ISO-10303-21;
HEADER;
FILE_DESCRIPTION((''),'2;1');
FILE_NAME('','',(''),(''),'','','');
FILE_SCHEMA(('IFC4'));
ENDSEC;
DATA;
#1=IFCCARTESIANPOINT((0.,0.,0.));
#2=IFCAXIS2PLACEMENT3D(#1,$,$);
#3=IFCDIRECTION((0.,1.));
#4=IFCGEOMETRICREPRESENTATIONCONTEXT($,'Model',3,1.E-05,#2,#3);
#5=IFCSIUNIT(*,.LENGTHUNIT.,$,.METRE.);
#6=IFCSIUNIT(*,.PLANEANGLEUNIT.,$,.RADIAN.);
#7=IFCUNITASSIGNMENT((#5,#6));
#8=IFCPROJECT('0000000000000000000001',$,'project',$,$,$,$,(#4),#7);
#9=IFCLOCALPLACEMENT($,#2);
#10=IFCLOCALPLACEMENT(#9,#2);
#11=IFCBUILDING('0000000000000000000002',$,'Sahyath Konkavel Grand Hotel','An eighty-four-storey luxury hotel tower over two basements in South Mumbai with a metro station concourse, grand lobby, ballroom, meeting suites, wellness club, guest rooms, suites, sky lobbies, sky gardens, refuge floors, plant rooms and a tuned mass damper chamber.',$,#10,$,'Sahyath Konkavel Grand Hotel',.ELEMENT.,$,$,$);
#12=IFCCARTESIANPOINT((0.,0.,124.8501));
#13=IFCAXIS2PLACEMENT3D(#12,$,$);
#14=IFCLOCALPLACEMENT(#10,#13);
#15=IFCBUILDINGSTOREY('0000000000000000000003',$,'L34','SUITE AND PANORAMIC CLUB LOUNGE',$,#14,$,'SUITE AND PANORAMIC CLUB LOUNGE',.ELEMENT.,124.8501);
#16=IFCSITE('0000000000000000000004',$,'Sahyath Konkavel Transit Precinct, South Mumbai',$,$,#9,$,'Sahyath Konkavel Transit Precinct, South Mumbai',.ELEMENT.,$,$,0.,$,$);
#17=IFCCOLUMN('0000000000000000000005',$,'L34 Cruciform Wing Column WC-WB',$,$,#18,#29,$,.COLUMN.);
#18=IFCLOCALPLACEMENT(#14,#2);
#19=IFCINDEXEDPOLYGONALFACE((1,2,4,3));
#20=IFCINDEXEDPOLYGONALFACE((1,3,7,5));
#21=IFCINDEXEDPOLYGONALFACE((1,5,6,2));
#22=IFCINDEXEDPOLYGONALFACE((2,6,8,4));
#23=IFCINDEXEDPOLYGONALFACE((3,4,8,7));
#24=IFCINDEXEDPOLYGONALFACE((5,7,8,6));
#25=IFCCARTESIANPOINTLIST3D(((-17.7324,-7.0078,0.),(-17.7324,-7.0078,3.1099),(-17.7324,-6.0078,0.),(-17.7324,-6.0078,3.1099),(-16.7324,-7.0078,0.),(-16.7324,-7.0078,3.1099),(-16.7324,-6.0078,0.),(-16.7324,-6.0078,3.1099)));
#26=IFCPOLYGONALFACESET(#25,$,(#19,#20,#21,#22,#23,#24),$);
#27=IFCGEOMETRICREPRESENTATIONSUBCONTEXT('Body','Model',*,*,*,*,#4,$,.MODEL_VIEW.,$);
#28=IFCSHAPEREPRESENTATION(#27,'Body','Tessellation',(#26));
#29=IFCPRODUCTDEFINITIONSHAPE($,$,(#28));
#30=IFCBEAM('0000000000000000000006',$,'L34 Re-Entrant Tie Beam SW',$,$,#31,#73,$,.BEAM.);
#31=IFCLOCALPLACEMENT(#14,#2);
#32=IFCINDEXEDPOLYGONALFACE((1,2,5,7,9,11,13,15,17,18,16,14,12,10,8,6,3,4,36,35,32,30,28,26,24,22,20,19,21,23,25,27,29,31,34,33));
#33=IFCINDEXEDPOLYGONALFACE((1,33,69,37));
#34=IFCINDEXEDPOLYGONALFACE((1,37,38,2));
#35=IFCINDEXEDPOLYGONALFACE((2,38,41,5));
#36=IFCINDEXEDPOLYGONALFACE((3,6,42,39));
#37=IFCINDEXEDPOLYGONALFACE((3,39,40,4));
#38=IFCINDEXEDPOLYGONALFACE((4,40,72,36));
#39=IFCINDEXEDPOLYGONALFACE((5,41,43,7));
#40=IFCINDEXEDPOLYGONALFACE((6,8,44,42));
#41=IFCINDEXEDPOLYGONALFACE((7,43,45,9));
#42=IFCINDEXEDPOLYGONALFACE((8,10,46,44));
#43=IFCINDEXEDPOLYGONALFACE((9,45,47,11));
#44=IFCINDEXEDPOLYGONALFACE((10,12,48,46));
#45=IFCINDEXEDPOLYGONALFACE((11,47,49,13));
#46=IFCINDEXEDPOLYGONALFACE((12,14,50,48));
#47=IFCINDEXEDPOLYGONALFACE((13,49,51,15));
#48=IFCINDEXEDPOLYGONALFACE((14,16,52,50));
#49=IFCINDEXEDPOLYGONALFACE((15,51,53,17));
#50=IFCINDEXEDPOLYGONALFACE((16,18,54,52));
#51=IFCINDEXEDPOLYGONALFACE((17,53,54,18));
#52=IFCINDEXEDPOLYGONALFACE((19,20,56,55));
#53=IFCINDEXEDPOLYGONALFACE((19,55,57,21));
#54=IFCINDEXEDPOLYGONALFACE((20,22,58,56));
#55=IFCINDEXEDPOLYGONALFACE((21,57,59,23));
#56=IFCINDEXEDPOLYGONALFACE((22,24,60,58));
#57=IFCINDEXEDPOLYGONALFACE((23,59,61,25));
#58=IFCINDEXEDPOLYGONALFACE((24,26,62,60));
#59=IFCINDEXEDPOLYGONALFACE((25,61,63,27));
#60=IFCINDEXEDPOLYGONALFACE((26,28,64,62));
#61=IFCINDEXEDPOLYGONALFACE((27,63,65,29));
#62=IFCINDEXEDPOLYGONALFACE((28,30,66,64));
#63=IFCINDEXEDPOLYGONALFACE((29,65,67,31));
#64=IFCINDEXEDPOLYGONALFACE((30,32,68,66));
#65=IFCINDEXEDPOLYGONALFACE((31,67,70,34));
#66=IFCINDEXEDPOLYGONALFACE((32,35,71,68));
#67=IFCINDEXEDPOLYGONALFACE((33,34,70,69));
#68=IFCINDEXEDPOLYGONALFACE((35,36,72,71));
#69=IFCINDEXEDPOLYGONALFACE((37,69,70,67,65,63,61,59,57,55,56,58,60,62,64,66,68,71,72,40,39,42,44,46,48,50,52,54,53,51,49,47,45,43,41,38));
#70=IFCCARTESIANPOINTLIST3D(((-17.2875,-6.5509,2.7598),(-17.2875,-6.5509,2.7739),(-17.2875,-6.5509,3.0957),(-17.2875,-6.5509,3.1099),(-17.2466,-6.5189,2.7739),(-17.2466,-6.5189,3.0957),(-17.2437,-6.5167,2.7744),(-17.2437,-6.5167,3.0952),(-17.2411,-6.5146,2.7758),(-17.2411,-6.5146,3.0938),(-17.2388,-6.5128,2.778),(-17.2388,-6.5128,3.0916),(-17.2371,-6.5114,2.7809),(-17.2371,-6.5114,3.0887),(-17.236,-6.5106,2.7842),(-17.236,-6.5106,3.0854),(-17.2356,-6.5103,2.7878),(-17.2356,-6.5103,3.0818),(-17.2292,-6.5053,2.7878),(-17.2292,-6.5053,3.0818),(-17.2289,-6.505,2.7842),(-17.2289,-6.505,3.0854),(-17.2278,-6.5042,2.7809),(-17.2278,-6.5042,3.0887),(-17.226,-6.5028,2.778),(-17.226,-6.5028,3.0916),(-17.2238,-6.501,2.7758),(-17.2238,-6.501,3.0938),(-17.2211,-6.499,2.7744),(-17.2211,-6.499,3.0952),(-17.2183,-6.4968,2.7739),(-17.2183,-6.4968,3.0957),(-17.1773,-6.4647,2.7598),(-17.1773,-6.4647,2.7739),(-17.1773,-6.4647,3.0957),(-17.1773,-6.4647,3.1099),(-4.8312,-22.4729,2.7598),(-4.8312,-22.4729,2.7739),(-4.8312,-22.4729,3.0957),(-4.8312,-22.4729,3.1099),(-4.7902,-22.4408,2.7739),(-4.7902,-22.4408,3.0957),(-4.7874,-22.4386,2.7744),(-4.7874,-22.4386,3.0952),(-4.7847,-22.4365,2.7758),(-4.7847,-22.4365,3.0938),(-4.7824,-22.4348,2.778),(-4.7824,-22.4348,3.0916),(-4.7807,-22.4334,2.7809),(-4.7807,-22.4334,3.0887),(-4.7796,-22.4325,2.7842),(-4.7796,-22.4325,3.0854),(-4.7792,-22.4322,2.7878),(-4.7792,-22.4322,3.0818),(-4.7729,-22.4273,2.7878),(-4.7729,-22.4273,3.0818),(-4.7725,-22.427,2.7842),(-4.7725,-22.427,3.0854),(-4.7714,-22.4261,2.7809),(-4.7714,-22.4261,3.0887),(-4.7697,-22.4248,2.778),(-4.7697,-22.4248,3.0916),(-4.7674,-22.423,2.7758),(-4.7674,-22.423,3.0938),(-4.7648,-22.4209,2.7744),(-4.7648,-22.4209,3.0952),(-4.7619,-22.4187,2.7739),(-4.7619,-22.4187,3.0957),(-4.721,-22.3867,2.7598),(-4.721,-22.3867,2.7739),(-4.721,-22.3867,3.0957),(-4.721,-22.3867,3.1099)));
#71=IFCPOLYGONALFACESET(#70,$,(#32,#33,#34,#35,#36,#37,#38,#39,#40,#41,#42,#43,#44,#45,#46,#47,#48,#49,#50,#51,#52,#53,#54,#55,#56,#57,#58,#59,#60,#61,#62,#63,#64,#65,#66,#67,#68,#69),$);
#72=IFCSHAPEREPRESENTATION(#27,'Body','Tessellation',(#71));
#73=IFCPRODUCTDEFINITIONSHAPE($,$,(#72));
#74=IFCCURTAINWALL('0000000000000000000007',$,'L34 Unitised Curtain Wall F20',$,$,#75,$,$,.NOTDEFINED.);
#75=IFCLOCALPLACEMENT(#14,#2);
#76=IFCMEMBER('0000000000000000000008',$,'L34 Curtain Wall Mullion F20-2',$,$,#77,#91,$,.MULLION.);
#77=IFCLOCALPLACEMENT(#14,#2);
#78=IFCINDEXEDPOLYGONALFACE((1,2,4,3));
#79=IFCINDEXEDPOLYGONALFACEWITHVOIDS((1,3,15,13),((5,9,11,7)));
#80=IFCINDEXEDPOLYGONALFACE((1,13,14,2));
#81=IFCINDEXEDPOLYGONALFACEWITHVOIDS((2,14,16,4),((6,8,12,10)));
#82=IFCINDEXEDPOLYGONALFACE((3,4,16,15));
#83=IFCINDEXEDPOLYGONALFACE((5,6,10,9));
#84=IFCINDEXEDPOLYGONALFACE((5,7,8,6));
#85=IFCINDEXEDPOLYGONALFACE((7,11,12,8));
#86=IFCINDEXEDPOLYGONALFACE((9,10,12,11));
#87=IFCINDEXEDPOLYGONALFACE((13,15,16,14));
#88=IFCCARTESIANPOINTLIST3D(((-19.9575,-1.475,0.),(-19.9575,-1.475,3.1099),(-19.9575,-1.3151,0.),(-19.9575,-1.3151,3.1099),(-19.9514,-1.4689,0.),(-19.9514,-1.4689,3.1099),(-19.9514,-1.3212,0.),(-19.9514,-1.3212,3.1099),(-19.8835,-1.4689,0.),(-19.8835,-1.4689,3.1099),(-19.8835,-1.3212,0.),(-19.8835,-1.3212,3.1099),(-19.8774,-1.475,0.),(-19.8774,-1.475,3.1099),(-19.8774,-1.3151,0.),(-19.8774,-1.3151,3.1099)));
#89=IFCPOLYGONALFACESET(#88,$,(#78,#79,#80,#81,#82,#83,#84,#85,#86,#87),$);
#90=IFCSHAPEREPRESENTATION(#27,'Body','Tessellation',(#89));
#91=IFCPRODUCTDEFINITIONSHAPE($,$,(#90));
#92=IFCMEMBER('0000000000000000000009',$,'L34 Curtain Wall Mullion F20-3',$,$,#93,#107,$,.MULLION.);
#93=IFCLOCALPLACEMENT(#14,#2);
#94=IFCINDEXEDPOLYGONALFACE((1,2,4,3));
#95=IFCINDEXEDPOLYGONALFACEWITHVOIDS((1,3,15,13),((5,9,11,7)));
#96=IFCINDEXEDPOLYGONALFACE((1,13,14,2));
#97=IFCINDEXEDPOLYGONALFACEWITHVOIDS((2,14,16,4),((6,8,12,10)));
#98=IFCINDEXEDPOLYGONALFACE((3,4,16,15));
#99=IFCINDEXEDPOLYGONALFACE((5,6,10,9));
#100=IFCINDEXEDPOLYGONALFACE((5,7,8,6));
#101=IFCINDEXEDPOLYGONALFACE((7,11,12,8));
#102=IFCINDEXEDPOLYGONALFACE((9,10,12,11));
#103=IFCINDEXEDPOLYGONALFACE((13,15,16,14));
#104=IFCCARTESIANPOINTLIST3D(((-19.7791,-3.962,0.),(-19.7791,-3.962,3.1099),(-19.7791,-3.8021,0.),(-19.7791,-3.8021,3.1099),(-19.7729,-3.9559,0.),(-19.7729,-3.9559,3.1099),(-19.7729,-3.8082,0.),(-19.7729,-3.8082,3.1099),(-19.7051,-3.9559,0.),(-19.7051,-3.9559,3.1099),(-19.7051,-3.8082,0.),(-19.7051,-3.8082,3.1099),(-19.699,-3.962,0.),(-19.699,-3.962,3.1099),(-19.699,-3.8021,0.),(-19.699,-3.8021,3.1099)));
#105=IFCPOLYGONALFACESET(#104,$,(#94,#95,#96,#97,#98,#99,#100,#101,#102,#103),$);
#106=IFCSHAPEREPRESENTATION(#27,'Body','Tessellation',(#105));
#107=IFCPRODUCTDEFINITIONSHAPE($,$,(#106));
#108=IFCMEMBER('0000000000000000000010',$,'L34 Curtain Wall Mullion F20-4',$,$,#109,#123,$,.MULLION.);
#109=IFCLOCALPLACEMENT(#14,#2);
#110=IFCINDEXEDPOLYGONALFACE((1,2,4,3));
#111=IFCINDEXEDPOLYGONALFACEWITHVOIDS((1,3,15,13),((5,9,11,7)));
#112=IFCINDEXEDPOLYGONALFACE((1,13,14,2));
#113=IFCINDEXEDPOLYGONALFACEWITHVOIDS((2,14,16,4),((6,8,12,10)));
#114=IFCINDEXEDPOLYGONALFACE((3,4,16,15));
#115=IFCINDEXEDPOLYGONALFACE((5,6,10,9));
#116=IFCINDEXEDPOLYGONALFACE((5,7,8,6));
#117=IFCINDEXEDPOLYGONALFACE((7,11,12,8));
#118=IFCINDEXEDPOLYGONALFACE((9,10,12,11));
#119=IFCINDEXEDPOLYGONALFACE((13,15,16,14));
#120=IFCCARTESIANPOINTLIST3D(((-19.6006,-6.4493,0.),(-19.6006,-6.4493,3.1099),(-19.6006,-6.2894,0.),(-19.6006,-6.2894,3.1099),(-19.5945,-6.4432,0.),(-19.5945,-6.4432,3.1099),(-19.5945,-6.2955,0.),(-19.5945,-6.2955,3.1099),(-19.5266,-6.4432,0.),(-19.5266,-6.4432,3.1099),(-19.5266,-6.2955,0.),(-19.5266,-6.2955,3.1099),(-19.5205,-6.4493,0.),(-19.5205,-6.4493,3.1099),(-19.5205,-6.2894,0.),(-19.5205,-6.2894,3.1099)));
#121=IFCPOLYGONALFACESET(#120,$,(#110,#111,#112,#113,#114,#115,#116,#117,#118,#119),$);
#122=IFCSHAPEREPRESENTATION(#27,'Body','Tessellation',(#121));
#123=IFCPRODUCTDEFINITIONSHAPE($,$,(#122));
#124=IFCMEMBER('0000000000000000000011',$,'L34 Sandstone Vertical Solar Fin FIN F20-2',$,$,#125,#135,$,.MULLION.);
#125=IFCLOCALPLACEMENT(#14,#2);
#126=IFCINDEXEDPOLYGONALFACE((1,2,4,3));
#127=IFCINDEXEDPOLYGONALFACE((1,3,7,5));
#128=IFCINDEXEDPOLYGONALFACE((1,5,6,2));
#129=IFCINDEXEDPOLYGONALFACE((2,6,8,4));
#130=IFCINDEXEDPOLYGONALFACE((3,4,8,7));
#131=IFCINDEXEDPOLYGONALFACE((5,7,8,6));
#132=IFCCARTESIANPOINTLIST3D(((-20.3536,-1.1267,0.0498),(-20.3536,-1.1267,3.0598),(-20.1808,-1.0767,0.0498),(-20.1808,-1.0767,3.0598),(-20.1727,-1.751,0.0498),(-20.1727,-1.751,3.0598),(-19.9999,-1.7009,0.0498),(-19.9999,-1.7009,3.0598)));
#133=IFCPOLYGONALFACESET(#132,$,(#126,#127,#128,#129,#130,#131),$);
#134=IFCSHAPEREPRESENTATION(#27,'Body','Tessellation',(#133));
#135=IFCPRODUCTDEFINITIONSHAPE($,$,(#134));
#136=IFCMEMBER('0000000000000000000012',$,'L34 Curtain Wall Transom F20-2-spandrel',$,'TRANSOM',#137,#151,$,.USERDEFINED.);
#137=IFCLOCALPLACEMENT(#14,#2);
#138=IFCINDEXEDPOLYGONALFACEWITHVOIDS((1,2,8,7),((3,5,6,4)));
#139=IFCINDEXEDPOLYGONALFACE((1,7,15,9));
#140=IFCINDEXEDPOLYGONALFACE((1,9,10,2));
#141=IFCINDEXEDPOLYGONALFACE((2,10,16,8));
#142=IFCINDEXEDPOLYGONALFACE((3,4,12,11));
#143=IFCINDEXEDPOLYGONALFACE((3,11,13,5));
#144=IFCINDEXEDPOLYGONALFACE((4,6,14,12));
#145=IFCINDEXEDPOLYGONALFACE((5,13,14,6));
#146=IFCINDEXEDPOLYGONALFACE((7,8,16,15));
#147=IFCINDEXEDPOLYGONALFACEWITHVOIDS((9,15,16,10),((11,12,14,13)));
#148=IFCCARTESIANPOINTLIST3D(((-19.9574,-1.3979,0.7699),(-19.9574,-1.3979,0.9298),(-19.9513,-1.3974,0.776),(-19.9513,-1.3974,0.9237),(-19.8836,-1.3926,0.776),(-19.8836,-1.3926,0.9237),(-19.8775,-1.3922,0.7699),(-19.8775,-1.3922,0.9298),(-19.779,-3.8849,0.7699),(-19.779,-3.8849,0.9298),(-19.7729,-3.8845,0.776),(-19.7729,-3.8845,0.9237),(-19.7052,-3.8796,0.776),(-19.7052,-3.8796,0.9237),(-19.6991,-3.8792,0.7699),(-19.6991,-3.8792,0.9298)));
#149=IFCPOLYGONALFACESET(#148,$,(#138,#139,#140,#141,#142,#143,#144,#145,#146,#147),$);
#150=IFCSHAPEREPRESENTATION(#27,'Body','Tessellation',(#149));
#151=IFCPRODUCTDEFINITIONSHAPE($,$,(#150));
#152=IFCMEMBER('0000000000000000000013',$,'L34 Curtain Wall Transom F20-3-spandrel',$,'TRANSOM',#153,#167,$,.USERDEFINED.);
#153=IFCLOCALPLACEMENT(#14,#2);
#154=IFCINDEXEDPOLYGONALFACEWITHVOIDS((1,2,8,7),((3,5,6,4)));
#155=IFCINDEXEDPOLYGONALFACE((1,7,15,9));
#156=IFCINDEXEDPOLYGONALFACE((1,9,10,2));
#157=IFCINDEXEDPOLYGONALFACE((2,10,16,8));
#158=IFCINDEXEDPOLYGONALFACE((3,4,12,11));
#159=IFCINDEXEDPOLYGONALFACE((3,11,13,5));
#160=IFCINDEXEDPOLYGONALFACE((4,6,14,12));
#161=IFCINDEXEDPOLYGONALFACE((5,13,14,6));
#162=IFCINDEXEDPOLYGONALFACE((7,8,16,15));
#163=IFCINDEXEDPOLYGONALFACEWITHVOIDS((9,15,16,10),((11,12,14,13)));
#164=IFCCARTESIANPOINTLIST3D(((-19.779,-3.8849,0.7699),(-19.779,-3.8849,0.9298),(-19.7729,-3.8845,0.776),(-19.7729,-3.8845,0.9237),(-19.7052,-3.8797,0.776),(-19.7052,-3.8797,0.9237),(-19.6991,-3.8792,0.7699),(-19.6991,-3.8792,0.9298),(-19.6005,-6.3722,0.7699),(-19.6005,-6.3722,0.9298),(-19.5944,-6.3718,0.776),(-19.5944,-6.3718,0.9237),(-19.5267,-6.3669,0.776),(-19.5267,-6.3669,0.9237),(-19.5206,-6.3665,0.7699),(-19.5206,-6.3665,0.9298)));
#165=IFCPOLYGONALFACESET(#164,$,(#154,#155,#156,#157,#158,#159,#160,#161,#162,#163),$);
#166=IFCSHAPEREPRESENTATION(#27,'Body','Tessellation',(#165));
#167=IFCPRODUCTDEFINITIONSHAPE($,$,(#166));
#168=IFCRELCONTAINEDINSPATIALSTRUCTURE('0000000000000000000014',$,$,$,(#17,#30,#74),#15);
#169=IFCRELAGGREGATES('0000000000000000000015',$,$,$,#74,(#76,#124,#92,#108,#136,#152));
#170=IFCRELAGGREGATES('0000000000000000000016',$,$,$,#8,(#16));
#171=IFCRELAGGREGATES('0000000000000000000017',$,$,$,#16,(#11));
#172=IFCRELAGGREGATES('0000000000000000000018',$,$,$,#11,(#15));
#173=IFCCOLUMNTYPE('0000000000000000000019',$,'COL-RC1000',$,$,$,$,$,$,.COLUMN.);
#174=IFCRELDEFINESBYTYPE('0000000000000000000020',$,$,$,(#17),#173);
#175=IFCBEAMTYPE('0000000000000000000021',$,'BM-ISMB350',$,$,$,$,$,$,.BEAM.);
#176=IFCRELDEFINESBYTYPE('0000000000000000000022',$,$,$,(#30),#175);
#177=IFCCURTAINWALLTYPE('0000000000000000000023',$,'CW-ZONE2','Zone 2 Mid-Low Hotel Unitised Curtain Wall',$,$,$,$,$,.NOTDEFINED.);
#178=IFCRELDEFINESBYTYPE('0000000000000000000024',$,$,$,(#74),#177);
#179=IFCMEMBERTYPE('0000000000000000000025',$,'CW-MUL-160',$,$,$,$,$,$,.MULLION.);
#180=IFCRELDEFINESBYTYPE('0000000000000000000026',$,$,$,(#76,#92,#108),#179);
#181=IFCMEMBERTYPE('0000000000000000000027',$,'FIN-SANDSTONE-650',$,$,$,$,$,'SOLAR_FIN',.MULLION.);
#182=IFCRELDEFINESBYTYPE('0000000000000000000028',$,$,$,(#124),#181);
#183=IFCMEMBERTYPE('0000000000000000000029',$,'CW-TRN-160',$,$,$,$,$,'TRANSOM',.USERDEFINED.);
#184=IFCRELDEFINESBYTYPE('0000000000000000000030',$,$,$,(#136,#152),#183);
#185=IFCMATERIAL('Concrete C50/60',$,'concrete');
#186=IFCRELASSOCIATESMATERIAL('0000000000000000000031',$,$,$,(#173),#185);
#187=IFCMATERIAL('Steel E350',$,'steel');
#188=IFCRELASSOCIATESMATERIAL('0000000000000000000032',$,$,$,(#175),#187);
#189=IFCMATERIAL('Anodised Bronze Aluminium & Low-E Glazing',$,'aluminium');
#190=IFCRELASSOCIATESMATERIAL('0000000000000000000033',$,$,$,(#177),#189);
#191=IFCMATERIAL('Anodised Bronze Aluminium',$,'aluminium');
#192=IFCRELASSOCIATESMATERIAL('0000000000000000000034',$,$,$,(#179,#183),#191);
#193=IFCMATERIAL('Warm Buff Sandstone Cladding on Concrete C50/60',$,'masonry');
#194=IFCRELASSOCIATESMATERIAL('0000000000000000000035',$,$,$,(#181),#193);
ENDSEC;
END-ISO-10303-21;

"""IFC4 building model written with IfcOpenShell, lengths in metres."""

from ifc_helpers import new_model, si_unit, direction, frame, origin, origin_2d, place, context, subcontext, project, spatial, rectangle, hollow_rectangle, i_section, extrude, source, transform, mapped, material, material_profile, profile_set, type_object, element, aggregate, save


model = new_model("IFC4")

# Units and contexts
model_context = context("Model", 3, precision=1e-05, world=origin(), true_north=direction((0.0, 1.0)))
body_context = subcontext(model_context, "Body", "Model", "MODEL_VIEW")
ifc_project = project(units=[si_unit("LENGTHUNIT", "METRE"), si_unit("PLANEANGLEUNIT", "RADIAN")], contexts=[model_context])

# Site, building, storey
site_placement = place(None, origin())
site = spatial("IfcSite", under=ifc_project, at=site_placement, Name="Sahyath Konkavel Transit Precinct, South Mumbai", LongName="Sahyath Konkavel Transit Precinct, South Mumbai", CompositionType="ELEMENT", RefElevation=0.0)
building_placement = place(site_placement, origin())
building = spatial("IfcBuilding", under=site, at=building_placement, Name="Sahyath Konkavel Grand Hotel", Description="An eighty-four-storey luxury hotel tower over two basements in South Mumbai with a metro station concourse, grand lobby, ballroom, meeting suites, wellness club, guest rooms, suites, sky lobbies, sky gardens, refuge floors, plant rooms and a tuned mass damper chamber.", LongName="Sahyath Konkavel Grand Hotel", CompositionType="ELEMENT")
storey_placement = place(building_placement, frame((0.0, 0.0, 124.8501)))
storey = spatial("IfcBuildingStorey", under=building, at=storey_placement, Name="L34", Description="SUITE AND PANORAMIC CLUB LOUNGE", LongName="SUITE AND PANORAMIC CLUB LOUNGE", CompositionType="ELEMENT", Elevation=124.8501)

# Column
ifc_material_1 = material(Name="Concrete C50/60", Category="concrete")
ifc_material_profile_1 = material_profile(ifc_material_1, rectangle(XDim=1.0, YDim=1.0, at=origin_2d()), Name="RC 1000x1000")
ifc_profile_set_1 = profile_set([ifc_material_profile_1], Name="Concrete C50/60")
column_type = type_object("IfcColumnType", Name="COL-RC1000", PredefinedType="COLUMN", material=ifc_profile_set_1)
shared_shape_1 = source(origin(), body_context, "Body", "SweptSolid", [
    extrude(rectangle(XDim=1.0, YDim=1.0, at=origin_2d()), origin(), (0.0, 0.0, 1.0), 3.1099),
])
column_placement = place(storey_placement, frame((-17.2324, -6.5078, 0.0), z_axis=(0.0, 0.0, 1.0), x_axis=(1.0, 0.0, 0.0)))
element("IfcColumn", 1, at=column_placement, inside=storey, type_object=column_type, Name="L34 Cruciform Wing Column WC-WB", PredefinedType="COLUMN", context=body_context, shape_type="MappedRepresentation", body=[
    mapped(shared_shape_1, transform((0.0, 0.0, 0.0), scale=1.0)),
])

# Beam
ifc_material_2 = material(Name="Steel E350", Category="steel")
ifc_material_profile_2 = material_profile(ifc_material_2, i_section(OverallWidth=0.1399, OverallDepth=0.3501, WebThickness=0.0081, FlangeThickness=0.0142, FilletRadius=0.0139, at=origin_2d()), Name="ISMB 350")
ifc_profile_set_2 = profile_set([ifc_material_profile_2], Name="Steel E350")
beam_type_1 = type_object("IfcBeamType", Name="BM-ISMB350", PredefinedType="BEAM", material=ifc_profile_set_2)
shared_shape_2 = source(origin(), body_context, "Body", "SweptSolid", [
    extrude(i_section(OverallWidth=0.1399, OverallDepth=0.3501, WebThickness=0.0081, FlangeThickness=0.0142, FilletRadius=0.0139, at=origin_2d()), origin(), (0.0, 0.0, 1.0), 20.2156),
])
beam_1_placement = place(storey_placement, frame((-17.2324, -6.5078, 2.9348), z_axis=(0.616176, -0.787608, 0.0), x_axis=(0.787608, 0.616176, 0.0)))
element("IfcBeam", 2, at=beam_1_placement, inside=storey, type_object=beam_type_1, Name="L34 Re-Entrant Tie Beam SW", PredefinedType="BEAM", context=body_context, shape_type="MappedRepresentation", body=[
    mapped(shared_shape_2, transform((0.0, 0.0, 0.0), scale=1.0)),
])

# Curtain wall, members
ifc_material_3 = material(Name="Anodised Bronze Aluminium & Low-E Glazing", Category="aluminium")
curtain_wall_type = type_object("IfcCurtainWallType", Name="CW-ZONE2", Description="Zone 2 Mid-Low Hotel Unitised Curtain Wall", PredefinedType="NOTDEFINED", material=ifc_material_3)
curtain_wall_1_placement = place(storey_placement, origin())
curtain_wall_1 = element("IfcCurtainWall", 3, at=curtain_wall_1_placement, inside=storey, type_object=curtain_wall_type, Name="L34 Unitised Curtain Wall F20", PredefinedType="NOTDEFINED")
ifc_material_4 = material(Name="Anodised Bronze Aluminium", Category="aluminium")
ifc_material_profile_3 = material_profile(ifc_material_4, hollow_rectangle(XDim=0.0801, YDim=0.1599, WallThickness=0.0061, at=origin_2d()), Name="RHS 160x80x6")
ifc_profile_set_3 = profile_set([ifc_material_profile_3], Name="Anodised Bronze Aluminium")
member_type_1 = type_object("IfcMemberType", Name="CW-MUL-160", PredefinedType="MULLION", material=ifc_profile_set_3)
shared_shape_3 = source(origin(), body_context, "Body", "SweptSolid", [
    extrude(hollow_rectangle(XDim=0.0801, YDim=0.1599, WallThickness=0.0061, at=origin_2d()), origin(), (0.0, 0.0, 1.0), 3.1099),
])
member_1_placement = place(storey_placement, frame((-19.9175, -1.395, 0.0), z_axis=(0.0, 0.0, 1.0), x_axis=(1.0, 0.0, 0.0)))
member_1 = element("IfcMember", 4, at=member_1_placement, type_object=member_type_1, Name="L34 Curtain Wall Mullion F20-2", PredefinedType="MULLION", context=body_context, shape_type="MappedRepresentation", body=[
    mapped(shared_shape_3, transform((0.0, 0.0, 0.0), scale=1.0)),
])
member_2_placement = place(storey_placement, frame((-19.739, -3.8821, 0.0), z_axis=(0.0, 0.0, 1.0), x_axis=(1.0, 0.0, 0.0)))
member_2 = element("IfcMember", 5, at=member_2_placement, type_object=member_type_1, Name="L34 Curtain Wall Mullion F20-3", PredefinedType="MULLION", context=body_context, shape_type="MappedRepresentation", body=[
    mapped(shared_shape_3, transform((0.0, 0.0, 0.0), scale=1.0)),
])
member_3_placement = place(storey_placement, frame((-19.5605, -6.3694, 0.0), z_axis=(0.0, 0.0, 1.0), x_axis=(1.0, 0.0, 0.0)))
member_3 = element("IfcMember", 6, at=member_3_placement, type_object=member_type_1, Name="L34 Curtain Wall Mullion F20-4", PredefinedType="MULLION", context=body_context, shape_type="MappedRepresentation", body=[
    mapped(shared_shape_3, transform((0.0, 0.0, 0.0), scale=1.0)),
])
ifc_material_5 = material(Name="Warm Buff Sandstone Cladding on Concrete C50/60", Category="masonry")
ifc_material_profile_4 = material_profile(ifc_material_5, rectangle(XDim=0.1799, YDim=0.6499, at=origin_2d()), Name="FIN 180x650")
ifc_profile_set_4 = profile_set([ifc_material_profile_4], Name="Warm Buff Sandstone Cladding on Concrete C50/60")
member_type_2 = type_object("IfcMemberType", Name="FIN-SANDSTONE-650", ElementType="SOLAR_FIN", PredefinedType="MULLION", material=ifc_profile_set_4)
shared_shape_4 = source(origin(), body_context, "Body", "SweptSolid", [
    extrude(rectangle(XDim=0.1799, YDim=0.6499, at=origin_2d()), origin(), (0.0, 0.0, 1.0), 3.01),
])
member_4_placement = place(storey_placement, frame((-20.1768, -1.4138, 0.0498), z_axis=(0.0, 0.0, 1.0), x_axis=(0.960488, 0.278321, 0.0)))
member_4 = element("IfcMember", 7, at=member_4_placement, type_object=member_type_2, Name="L34 Sandstone Vertical Solar Fin FIN F20-2", PredefinedType="MULLION", context=body_context, shape_type="MappedRepresentation", body=[
    mapped(shared_shape_4, transform((0.0, 0.0, 0.0), scale=1.0)),
])
ifc_material_profile_5 = material_profile(ifc_material_4, hollow_rectangle(XDim=0.0801, YDim=0.1599, WallThickness=0.0061, at=origin_2d()), Name="RHS 160x80x6")
ifc_profile_set_5 = profile_set([ifc_material_profile_5], Name="Anodised Bronze Aluminium")
member_type_3 = type_object("IfcMemberType", Name="CW-TRN-160", ElementType="TRANSOM", PredefinedType="USERDEFINED", material=ifc_profile_set_5)
shared_shape_5 = source(origin(), body_context, "Body", "SweptSolid", [
    extrude(hollow_rectangle(XDim=0.0801, YDim=0.1599, WallThickness=0.0061, at=origin_2d()), origin(), (0.0, 0.0, 1.0), 2.4934),
])
member_5_placement = place(storey_placement, frame((-19.9175, -1.395, 0.8499), z_axis=(0.071574, -0.997435, 0.0), x_axis=(0.997435, 0.071574, 0.0)))
member_5 = element("IfcMember", 8, at=member_5_placement, type_object=member_type_3, Name="L34 Curtain Wall Transom F20-2-spandrel", ObjectType="TRANSOM", PredefinedType="USERDEFINED", context=body_context, shape_type="MappedRepresentation", body=[
    mapped(shared_shape_5, transform((0.0, 0.0, 0.0), scale=1.0)),
])
shared_shape_6 = source(origin(), body_context, "Body", "SweptSolid", [
    extrude(hollow_rectangle(XDim=0.0801, YDim=0.1599, WallThickness=0.0061, at=origin_2d()), origin(), (0.0, 0.0, 1.0), 2.4937),
])
member_6_placement = place(storey_placement, frame((-19.739, -3.8821, 0.8499), z_axis=(0.071567, -0.997436, 0.0), x_axis=(0.997436, 0.071567, 0.0)))
member_6 = element("IfcMember", 9, at=member_6_placement, type_object=member_type_3, Name="L34 Curtain Wall Transom F20-3-spandrel", ObjectType="TRANSOM", PredefinedType="USERDEFINED", context=body_context, shape_type="MappedRepresentation", body=[
    mapped(shared_shape_6, transform((0.0, 0.0, 0.0), scale=1.0)),
])

aggregate(curtain_wall_1, [member_1, member_4, member_2, member_3, member_5, member_6])

save(model, "model.ifc")
